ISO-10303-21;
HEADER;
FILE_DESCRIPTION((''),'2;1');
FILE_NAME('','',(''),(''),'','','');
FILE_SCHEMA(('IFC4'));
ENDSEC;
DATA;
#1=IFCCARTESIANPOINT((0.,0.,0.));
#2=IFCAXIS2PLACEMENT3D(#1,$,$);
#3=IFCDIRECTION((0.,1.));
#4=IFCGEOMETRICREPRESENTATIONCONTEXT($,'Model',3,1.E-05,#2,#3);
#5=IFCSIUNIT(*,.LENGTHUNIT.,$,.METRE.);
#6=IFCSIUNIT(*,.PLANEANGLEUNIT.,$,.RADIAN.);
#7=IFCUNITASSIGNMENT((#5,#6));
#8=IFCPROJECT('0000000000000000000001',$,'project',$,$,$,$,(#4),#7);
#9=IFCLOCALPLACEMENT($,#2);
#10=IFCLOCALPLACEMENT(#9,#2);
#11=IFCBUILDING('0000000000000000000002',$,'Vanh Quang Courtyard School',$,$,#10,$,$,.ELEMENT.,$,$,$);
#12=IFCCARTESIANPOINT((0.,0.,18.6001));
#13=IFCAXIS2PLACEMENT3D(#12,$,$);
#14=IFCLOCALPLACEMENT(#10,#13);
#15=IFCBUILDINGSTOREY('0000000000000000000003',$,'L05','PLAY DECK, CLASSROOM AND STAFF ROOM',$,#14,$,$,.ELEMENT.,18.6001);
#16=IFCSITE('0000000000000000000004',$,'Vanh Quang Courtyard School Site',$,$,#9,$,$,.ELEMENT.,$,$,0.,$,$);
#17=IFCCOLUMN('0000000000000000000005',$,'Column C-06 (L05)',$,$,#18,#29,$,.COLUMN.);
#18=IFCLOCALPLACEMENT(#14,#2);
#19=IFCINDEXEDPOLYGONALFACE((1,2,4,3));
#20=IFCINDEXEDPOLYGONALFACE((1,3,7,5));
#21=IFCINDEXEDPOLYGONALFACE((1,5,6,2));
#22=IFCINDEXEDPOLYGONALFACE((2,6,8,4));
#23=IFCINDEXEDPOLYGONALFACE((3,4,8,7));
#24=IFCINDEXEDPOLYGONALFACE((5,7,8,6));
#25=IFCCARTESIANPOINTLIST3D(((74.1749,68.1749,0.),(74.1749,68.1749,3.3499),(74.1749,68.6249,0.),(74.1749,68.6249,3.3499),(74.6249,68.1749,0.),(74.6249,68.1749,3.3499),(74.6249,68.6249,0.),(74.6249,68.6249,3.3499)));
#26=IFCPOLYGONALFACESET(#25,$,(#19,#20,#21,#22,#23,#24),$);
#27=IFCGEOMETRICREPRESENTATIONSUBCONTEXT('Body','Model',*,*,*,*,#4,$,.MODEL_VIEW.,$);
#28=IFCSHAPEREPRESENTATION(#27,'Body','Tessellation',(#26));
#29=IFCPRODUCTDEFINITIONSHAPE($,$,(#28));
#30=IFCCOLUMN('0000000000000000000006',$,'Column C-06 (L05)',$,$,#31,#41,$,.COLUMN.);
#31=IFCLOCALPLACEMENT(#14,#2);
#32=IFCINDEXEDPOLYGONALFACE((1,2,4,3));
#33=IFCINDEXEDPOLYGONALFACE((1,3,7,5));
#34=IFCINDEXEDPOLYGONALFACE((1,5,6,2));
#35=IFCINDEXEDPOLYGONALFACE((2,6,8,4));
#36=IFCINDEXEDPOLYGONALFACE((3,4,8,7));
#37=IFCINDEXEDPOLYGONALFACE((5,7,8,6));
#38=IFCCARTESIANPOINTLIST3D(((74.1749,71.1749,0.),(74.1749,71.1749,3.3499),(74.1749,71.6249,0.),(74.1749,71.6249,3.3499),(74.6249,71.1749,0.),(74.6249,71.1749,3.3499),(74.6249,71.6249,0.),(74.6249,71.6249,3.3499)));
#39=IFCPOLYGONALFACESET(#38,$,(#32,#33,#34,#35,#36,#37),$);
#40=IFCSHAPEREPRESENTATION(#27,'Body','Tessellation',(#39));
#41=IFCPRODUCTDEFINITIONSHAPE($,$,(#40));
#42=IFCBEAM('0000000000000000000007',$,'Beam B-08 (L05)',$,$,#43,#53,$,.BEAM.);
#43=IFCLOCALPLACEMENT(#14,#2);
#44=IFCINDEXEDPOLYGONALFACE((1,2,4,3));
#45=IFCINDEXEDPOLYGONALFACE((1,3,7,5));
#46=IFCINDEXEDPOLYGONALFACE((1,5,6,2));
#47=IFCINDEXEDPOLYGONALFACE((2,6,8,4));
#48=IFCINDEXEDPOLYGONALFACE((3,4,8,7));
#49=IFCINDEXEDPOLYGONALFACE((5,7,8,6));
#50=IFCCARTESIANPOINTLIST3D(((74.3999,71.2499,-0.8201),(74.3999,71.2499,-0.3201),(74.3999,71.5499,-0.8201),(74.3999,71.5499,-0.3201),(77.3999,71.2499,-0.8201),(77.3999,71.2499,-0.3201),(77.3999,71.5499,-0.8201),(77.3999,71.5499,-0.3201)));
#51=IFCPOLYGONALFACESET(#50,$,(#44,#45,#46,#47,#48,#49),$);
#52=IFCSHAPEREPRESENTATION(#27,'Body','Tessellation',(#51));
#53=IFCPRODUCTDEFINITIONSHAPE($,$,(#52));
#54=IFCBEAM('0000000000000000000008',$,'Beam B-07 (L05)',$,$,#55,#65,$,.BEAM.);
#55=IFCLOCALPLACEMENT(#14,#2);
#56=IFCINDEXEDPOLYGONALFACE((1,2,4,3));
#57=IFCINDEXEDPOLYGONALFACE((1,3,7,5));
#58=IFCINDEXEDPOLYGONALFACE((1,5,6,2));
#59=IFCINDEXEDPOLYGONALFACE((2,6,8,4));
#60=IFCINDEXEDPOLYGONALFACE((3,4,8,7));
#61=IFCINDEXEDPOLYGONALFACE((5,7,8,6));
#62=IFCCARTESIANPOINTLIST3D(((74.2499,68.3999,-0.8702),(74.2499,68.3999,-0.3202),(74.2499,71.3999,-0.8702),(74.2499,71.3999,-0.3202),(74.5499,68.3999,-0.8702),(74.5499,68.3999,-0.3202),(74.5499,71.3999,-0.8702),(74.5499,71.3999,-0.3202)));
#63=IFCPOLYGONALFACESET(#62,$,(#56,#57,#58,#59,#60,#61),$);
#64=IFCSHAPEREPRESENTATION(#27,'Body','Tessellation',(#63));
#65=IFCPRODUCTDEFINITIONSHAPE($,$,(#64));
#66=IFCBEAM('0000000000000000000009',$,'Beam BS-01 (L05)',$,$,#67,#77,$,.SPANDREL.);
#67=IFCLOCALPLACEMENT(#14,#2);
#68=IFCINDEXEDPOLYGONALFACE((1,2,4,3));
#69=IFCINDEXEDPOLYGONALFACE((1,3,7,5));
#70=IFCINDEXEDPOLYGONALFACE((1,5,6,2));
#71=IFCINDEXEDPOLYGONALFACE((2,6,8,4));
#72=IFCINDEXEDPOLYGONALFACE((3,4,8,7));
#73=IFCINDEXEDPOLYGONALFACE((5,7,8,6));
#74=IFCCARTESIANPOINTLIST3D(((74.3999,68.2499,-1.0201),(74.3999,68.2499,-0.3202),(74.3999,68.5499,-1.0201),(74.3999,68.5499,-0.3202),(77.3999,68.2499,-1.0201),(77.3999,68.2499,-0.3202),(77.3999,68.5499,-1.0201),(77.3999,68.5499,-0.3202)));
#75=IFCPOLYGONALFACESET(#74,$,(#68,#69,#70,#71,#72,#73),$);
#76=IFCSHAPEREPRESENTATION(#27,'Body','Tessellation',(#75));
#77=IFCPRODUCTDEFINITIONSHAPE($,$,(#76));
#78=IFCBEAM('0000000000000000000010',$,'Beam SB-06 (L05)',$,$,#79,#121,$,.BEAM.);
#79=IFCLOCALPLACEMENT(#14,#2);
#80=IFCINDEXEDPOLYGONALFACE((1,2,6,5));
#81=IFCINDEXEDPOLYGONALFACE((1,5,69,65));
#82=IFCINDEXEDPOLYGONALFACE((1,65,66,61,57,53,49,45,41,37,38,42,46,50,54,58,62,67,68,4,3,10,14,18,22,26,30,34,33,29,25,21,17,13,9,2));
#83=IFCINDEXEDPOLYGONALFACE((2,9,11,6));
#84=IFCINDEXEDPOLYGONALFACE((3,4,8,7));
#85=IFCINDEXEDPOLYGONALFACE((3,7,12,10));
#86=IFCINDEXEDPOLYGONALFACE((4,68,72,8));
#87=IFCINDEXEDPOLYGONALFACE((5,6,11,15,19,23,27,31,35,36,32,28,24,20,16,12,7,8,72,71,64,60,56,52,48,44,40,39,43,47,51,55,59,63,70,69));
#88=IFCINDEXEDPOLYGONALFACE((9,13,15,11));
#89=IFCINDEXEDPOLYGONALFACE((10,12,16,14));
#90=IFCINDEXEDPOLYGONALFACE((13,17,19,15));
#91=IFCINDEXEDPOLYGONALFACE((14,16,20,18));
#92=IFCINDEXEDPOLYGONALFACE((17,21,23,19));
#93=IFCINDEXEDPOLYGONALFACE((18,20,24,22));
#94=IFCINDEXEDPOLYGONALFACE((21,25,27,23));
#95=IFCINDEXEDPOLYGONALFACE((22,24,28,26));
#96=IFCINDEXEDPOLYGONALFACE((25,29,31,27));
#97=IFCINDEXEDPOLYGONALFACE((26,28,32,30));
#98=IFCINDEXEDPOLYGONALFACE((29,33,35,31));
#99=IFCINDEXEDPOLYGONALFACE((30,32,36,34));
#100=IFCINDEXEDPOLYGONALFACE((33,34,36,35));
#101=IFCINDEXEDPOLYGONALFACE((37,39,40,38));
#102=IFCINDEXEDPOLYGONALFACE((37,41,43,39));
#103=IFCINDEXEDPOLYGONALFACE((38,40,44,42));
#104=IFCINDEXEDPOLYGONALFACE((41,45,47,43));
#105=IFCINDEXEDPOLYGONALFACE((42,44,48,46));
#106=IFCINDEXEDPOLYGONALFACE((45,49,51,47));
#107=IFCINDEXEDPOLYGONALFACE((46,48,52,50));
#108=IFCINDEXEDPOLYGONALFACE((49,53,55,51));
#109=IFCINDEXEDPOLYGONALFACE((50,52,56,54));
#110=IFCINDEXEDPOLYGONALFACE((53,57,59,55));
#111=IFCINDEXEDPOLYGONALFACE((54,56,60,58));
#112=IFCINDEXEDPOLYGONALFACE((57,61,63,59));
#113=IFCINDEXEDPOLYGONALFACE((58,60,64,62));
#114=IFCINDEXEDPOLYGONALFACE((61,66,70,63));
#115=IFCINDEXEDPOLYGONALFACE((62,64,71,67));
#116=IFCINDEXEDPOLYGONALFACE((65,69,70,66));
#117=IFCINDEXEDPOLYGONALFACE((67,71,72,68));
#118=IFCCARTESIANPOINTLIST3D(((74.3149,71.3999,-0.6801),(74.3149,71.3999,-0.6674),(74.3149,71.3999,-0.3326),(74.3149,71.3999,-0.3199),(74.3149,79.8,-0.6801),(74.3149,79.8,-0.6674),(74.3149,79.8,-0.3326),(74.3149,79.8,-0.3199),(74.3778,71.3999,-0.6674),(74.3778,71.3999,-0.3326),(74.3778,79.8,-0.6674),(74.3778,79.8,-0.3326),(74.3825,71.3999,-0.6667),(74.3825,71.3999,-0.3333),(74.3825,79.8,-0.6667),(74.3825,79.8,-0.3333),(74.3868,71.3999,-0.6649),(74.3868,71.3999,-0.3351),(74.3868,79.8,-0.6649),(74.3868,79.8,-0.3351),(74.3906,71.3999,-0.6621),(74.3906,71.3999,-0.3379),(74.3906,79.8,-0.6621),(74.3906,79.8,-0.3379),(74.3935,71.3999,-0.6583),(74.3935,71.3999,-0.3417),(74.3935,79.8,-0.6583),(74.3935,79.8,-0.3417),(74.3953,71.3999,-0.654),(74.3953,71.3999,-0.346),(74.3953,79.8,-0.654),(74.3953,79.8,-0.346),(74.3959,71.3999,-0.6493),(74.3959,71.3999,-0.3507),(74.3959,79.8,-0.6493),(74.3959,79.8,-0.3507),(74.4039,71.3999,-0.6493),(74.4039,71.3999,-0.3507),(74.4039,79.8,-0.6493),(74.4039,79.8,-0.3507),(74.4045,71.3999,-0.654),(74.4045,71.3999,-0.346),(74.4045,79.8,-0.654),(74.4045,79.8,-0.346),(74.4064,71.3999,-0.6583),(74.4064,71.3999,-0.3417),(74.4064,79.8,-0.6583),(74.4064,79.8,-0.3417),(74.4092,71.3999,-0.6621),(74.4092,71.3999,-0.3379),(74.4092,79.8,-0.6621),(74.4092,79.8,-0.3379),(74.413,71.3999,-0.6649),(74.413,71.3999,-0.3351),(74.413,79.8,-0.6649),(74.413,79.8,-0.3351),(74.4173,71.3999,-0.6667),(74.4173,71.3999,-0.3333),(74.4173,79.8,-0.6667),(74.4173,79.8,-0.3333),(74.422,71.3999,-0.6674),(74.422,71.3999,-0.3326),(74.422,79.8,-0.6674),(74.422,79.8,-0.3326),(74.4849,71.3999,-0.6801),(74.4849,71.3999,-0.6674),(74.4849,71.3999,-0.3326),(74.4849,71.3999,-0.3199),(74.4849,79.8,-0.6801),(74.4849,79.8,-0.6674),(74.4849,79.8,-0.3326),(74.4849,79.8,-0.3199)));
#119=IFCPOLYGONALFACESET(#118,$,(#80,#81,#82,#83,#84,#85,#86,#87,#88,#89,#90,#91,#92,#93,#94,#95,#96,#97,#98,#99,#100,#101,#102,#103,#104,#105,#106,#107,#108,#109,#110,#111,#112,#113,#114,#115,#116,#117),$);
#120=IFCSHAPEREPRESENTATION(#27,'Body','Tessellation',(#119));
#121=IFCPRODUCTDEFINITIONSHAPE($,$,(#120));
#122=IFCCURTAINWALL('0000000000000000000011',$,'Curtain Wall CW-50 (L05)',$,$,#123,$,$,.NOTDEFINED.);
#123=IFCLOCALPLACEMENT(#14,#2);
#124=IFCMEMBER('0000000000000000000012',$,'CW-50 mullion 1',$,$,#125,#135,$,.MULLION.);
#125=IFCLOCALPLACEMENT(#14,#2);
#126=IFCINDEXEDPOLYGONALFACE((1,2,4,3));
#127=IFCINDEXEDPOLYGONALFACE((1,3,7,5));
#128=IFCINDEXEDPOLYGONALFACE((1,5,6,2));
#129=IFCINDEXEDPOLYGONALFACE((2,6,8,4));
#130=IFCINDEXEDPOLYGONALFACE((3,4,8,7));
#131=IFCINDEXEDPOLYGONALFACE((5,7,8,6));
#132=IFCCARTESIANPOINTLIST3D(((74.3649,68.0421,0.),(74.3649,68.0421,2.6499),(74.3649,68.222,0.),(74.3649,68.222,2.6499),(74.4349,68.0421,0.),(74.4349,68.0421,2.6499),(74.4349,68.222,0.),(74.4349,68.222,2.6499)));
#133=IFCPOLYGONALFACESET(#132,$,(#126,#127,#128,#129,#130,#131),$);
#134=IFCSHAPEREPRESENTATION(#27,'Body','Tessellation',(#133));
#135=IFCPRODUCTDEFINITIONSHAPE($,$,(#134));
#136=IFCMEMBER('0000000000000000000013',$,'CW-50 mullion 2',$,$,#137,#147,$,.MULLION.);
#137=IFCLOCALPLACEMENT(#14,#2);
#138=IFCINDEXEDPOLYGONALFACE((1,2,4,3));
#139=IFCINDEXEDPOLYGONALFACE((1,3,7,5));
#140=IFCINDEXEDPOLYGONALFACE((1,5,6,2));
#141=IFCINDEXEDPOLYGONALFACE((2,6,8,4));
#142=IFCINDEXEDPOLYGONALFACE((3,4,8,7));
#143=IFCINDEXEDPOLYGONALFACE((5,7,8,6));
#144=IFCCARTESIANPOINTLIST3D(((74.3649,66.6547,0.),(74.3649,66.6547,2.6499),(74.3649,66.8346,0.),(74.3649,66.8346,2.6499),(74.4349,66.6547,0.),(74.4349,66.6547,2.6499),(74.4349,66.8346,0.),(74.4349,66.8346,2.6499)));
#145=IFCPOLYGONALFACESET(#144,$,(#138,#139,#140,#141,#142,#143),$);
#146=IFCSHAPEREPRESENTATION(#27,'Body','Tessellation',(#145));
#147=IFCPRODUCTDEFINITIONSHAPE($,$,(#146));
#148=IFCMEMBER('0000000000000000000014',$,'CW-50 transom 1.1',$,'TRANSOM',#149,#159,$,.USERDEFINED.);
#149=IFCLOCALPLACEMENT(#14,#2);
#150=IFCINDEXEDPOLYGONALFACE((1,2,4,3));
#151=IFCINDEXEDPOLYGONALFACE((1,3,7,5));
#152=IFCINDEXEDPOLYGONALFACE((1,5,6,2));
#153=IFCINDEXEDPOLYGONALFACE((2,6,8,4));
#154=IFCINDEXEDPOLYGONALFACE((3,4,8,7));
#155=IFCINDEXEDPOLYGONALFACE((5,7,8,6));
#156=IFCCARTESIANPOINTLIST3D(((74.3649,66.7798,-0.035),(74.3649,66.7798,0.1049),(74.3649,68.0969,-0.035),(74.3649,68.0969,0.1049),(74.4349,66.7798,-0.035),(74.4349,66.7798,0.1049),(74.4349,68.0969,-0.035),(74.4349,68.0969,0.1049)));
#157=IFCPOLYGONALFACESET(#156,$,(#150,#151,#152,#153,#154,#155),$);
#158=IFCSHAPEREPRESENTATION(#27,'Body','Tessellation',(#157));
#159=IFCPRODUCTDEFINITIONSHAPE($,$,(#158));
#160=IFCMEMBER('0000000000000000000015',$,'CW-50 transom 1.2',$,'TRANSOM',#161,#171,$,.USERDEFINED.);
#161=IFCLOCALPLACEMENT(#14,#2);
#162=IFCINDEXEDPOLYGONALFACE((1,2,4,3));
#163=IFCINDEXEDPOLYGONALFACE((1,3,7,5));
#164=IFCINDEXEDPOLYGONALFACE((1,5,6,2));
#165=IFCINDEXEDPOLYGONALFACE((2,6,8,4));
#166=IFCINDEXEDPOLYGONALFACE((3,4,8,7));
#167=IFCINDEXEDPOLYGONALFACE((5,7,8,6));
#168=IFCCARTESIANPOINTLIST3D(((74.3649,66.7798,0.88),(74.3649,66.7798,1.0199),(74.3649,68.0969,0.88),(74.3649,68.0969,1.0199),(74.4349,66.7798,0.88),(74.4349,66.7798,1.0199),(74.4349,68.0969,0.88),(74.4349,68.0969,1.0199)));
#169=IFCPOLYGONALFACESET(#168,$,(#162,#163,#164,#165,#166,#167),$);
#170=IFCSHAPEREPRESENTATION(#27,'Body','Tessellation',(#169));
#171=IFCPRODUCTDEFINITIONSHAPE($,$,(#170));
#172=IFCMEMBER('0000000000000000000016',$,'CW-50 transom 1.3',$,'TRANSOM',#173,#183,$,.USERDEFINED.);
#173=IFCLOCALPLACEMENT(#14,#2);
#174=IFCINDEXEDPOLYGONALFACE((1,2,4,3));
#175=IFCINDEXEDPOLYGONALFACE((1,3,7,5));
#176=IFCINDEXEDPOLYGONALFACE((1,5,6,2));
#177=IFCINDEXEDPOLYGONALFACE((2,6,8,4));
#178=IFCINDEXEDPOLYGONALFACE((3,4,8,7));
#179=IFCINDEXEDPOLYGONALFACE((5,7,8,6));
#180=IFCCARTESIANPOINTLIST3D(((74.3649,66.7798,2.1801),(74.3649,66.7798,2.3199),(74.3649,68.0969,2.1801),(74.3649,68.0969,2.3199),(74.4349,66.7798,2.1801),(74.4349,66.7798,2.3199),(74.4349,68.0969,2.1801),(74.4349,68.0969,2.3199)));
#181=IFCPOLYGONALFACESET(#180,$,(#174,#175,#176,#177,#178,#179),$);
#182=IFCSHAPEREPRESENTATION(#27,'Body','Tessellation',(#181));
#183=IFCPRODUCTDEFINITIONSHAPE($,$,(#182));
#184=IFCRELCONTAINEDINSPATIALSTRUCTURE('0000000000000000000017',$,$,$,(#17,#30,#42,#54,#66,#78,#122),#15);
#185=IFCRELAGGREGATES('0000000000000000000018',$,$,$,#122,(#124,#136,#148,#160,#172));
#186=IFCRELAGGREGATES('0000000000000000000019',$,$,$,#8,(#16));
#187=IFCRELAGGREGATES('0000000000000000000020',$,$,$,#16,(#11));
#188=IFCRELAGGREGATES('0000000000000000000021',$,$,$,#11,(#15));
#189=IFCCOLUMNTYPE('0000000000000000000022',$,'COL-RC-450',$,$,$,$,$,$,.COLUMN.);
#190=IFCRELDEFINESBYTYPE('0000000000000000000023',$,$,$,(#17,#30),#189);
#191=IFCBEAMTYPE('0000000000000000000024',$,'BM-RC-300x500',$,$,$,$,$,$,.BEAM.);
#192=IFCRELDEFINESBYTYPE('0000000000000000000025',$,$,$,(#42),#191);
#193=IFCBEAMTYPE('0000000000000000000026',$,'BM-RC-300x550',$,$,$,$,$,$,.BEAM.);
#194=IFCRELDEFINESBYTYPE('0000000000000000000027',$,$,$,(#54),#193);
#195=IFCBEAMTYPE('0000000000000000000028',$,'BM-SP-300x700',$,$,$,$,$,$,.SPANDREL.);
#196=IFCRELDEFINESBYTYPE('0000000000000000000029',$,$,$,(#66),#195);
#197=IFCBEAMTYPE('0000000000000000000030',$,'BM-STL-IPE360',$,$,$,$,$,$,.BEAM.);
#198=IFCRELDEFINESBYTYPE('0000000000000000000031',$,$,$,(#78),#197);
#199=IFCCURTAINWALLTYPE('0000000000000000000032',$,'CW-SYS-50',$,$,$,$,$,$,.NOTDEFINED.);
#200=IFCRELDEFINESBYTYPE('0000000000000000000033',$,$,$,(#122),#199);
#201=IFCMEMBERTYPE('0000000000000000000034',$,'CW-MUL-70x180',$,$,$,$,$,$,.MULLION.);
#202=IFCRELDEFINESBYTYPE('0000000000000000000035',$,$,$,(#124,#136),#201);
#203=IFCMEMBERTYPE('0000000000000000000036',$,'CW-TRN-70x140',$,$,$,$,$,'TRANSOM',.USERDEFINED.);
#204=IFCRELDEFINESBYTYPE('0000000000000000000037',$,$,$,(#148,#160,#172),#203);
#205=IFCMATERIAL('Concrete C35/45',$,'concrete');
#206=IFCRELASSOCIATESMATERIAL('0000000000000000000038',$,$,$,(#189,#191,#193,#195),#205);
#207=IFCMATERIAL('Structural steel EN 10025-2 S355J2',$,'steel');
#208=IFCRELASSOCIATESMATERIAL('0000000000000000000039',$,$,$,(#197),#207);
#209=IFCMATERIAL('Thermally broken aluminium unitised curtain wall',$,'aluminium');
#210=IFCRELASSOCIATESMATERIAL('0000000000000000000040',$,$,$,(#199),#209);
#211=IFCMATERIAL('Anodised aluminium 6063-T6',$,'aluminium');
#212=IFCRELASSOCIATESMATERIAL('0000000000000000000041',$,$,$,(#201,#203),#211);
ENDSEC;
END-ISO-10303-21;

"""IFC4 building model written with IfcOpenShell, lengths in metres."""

from ifc_helpers import new_model, si_unit, direction, frame, origin, origin_2d, place, context, subcontext, project, spatial, rectangle, i_section, extrude, material, material_profile, profile_set, type_object, element, aggregate, save


model = new_model("IFC4")

# Units and contexts
model_context = context("Model", 3, precision=1e-05, world=origin(), true_north=direction((0.0, 1.0)))
body_context = subcontext(model_context, "Body", "Model", "MODEL_VIEW")
ifc_project = project(units=[si_unit("LENGTHUNIT", "METRE"), si_unit("PLANEANGLEUNIT", "RADIAN")], contexts=[model_context])

# Site, building, storey
site_placement = place(None, origin())
site = spatial("IfcSite", under=ifc_project, at=site_placement, Name="Vanh Quang Courtyard School Site", CompositionType="ELEMENT", RefElevation=0.0)
building_placement = place(site_placement, origin())
building = spatial("IfcBuilding", under=site, at=building_placement, Name="Vanh Quang Courtyard School", CompositionType="ELEMENT")
storey_placement = place(building_placement, frame((0.0, 0.0, 18.6001)))
storey = spatial("IfcBuildingStorey", under=building, at=storey_placement, Name="L05", Description="PLAY DECK, CLASSROOM AND STAFF ROOM", CompositionType="ELEMENT", Elevation=18.6001)

# Columns
ifc_material_1 = material(Name="Concrete C35/45", Category="concrete")
ifc_material_profile_1 = material_profile(ifc_material_1, rectangle(XDim=0.45, YDim=0.45, at=origin_2d()), Name="RC-COL 450x450")
ifc_profile_set_1 = profile_set([ifc_material_profile_1], Name="Concrete C35/45")
column_type = type_object("IfcColumnType", Name="COL-RC-450", PredefinedType="COLUMN", material=ifc_profile_set_1)
for number, where, z_axis, x_axis, name in (
    (1, (74.3999, 68.3999, 0.0), (0.0, 0.0, 1.0), (1.0, 0.0, 0.0), "Column C-06 (L05)"),
    (2, (74.3999, 71.3999, 0.0), (0.0, 0.0, 1.0), (1.0, 0.0, 0.0), "Column C-06 (L05)"),
):
    element("IfcColumn", number, at=place(storey_placement, frame(where, z_axis=z_axis, x_axis=x_axis)), inside=storey, type_object=column_type, Name=name, PredefinedType="COLUMN", context=body_context, shape_type="SweptSolid", body=[
        extrude(rectangle(XDim=0.45, YDim=0.45, at=origin_2d()), origin(), (0.0, 0.0, 1.0), 3.3499),
    ])

# Beams
ifc_material_profile_2 = material_profile(ifc_material_1, rectangle(XDim=0.3, YDim=0.5, at=origin_2d()), Name="RC-BM 300x500")
ifc_profile_set_2 = profile_set([ifc_material_profile_2], Name="Concrete C35/45")
beam_type_1 = type_object("IfcBeamType", Name="BM-RC-300x500", PredefinedType="BEAM", material=ifc_profile_set_2)
beam_1_placement = place(storey_placement, frame((74.3999, 71.3999, -0.5701), z_axis=(1.0, 0.0, 0.0), x_axis=(0.0, 1.0, 0.0)))
element("IfcBeam", 3, at=beam_1_placement, inside=storey, type_object=beam_type_1, Name="Beam B-08 (L05)", PredefinedType="BEAM", context=body_context, shape_type="SweptSolid", body=[
    extrude(rectangle(XDim=0.3, YDim=0.5, at=origin_2d()), origin(), (0.0, 0.0, 1.0), 3.0),
])
ifc_material_profile_3 = material_profile(ifc_material_1, rectangle(XDim=0.3, YDim=0.55, at=origin_2d()), Name="RC-BM 300x550")
ifc_profile_set_3 = profile_set([ifc_material_profile_3], Name="Concrete C35/45")
beam_type_2 = type_object("IfcBeamType", Name="BM-RC-300x550", PredefinedType="BEAM", material=ifc_profile_set_3)
beam_2_placement = place(storey_placement, frame((74.3999, 68.3999, -0.5952), z_axis=(0.0, 1.0, 0.0), x_axis=(-1.0, 0.0, 0.0)))
element("IfcBeam", 4, at=beam_2_placement, inside=storey, type_object=beam_type_2, Name="Beam B-07 (L05)", PredefinedType="BEAM", context=body_context, shape_type="SweptSolid", body=[
    extrude(rectangle(XDim=0.3, YDim=0.55, at=origin_2d()), origin(), (0.0, 0.0, 1.0), 3.0),
])
ifc_material_profile_4 = material_profile(ifc_material_1, rectangle(XDim=0.3, YDim=0.7, at=origin_2d()), Name="RC-SP 300x700")
ifc_profile_set_4 = profile_set([ifc_material_profile_4], Name="Concrete C35/45")
beam_type_3 = type_object("IfcBeamType", Name="BM-SP-300x700", PredefinedType="SPANDREL", material=ifc_profile_set_4)
beam_3_placement = place(storey_placement, frame((74.3999, 68.3999, -0.6702), z_axis=(1.0, 0.0, 0.0), x_axis=(0.0, 1.0, 0.0)))
element("IfcBeam", 5, at=beam_3_placement, inside=storey, type_object=beam_type_3, Name="Beam BS-01 (L05)", PredefinedType="SPANDREL", context=body_context, shape_type="SweptSolid", body=[
    extrude(rectangle(XDim=0.3, YDim=0.7, at=origin_2d()), origin(), (0.0, 0.0, 1.0), 3.0),
])
ifc_material_2 = material(Name="Structural steel EN 10025-2 S355J2", Category="steel")
ifc_material_profile_5 = material_profile(ifc_material_2, i_section(OverallWidth=0.1699, OverallDepth=0.3601, WebThickness=0.0081, FlangeThickness=0.0127, FilletRadius=0.0181, at=origin_2d()), Name="IPE 360")
ifc_profile_set_5 = profile_set([ifc_material_profile_5], Name="Structural steel EN 10025-2 S355J2")
beam_type_4 = type_object("IfcBeamType", Name="BM-STL-IPE360", PredefinedType="BEAM", material=ifc_profile_set_5)
beam_4_placement = place(storey_placement, frame((74.3999, 71.3999, -0.5), z_axis=(0.0, 1.0, 0.0), x_axis=(-1.0, 0.0, 0.0)))
element("IfcBeam", 6, at=beam_4_placement, inside=storey, type_object=beam_type_4, Name="Beam SB-06 (L05)", PredefinedType="BEAM", context=body_context, shape_type="SweptSolid", body=[
    extrude(i_section(OverallWidth=0.1699, OverallDepth=0.3601, WebThickness=0.0081, FlangeThickness=0.0127, FilletRadius=0.0181, at=origin_2d()), origin(), (0.0, 0.0, 1.0), 8.4001),
])

# Curtain wall, members
ifc_material_3 = material(Name="Thermally broken aluminium unitised curtain wall", Category="aluminium")
curtain_wall_type = type_object("IfcCurtainWallType", Name="CW-SYS-50", PredefinedType="NOTDEFINED", material=ifc_material_3)
curtain_wall_placement = place(storey_placement, origin())
curtain_wall = element("IfcCurtainWall", 7, at=curtain_wall_placement, inside=storey, type_object=curtain_wall_type, Name="Curtain Wall CW-50 (L05)", PredefinedType="NOTDEFINED")
ifc_material_4 = material(Name="Anodised aluminium 6063-T6", Category="aluminium")
ifc_material_profile_6 = material_profile(ifc_material_4, rectangle(XDim=0.0701, YDim=0.1799, at=origin_2d()), Name="ALU-MUL 70x180")
ifc_profile_set_6 = profile_set([ifc_material_profile_6], Name="Anodised aluminium 6063-T6")
member_type_1 = type_object("IfcMemberType", Name="CW-MUL-70x180", PredefinedType="MULLION", material=ifc_profile_set_6)
member_1_placement = place(storey_placement, frame((74.3999, 68.1321, 0.0), z_axis=(0.0, 0.0, 1.0), x_axis=(1.0, 0.0, 0.0)))
member_1 = element("IfcMember", 8, at=member_1_placement, type_object=member_type_1, Name="CW-50 mullion 1", PredefinedType="MULLION", context=body_context, shape_type="SweptSolid", body=[
    extrude(rectangle(XDim=0.0701, YDim=0.1799, at=origin_2d()), origin(), (0.0, 0.0, 1.0), 2.6499),
])
member_2_placement = place(storey_placement, frame((74.3999, 66.7446, 0.0), z_axis=(0.0, 0.0, 1.0), x_axis=(1.0, 0.0, 0.0)))
member_2 = element("IfcMember", 9, at=member_2_placement, type_object=member_type_1, Name="CW-50 mullion 2", PredefinedType="MULLION", context=body_context, shape_type="SweptSolid", body=[
    extrude(rectangle(XDim=0.0701, YDim=0.1799, at=origin_2d()), origin(), (0.0, 0.0, 1.0), 2.6499),
])
ifc_material_profile_7 = material_profile(ifc_material_4, rectangle(XDim=0.0701, YDim=0.1399, at=origin_2d()), Name="ALU-TRN 70x140")
ifc_profile_set_7 = profile_set([ifc_material_profile_7], Name="Anodised aluminium 6063-T6")
member_type_2 = type_object("IfcMemberType", Name="CW-TRN-70x140", ElementType="TRANSOM", PredefinedType="USERDEFINED", material=ifc_profile_set_7)
member_3_placement = place(storey_placement, frame((74.3999, 68.0969, 0.0349), z_axis=(0.0, -1.0, 0.0), x_axis=(1.0, 0.0, 0.0)))
member_3 = element("IfcMember", 10, at=member_3_placement, type_object=member_type_2, Name="CW-50 transom 1.1", ObjectType="TRANSOM", PredefinedType="USERDEFINED", context=body_context, shape_type="SweptSolid", body=[
    extrude(rectangle(XDim=0.0701, YDim=0.1399, at=origin_2d()), origin(), (0.0, 0.0, 1.0), 1.3171),
])
member_4_placement = place(storey_placement, frame((74.3999, 68.0969, 0.95), z_axis=(0.0, -1.0, 0.0), x_axis=(1.0, 0.0, 0.0)))
member_4 = element("IfcMember", 11, at=member_4_placement, type_object=member_type_2, Name="CW-50 transom 1.2", ObjectType="TRANSOM", PredefinedType="USERDEFINED", context=body_context, shape_type="SweptSolid", body=[
    extrude(rectangle(XDim=0.0701, YDim=0.1399, at=origin_2d()), origin(), (0.0, 0.0, 1.0), 1.3171),
])
member_5_placement = place(storey_placement, frame((74.3999, 68.0969, 2.25), z_axis=(0.0, -1.0, 0.0), x_axis=(1.0, 0.0, 0.0)))
member_5 = element("IfcMember", 12, at=member_5_placement, type_object=member_type_2, Name="CW-50 transom 1.3", ObjectType="TRANSOM", PredefinedType="USERDEFINED", context=body_context, shape_type="SweptSolid", body=[
    extrude(rectangle(XDim=0.0701, YDim=0.1399, at=origin_2d()), origin(), (0.0, 0.0, 1.0), 1.3171),
])

aggregate(curtain_wall, [member_1, member_2, member_3, member_4, member_5])

save(model, "model.ifc")
